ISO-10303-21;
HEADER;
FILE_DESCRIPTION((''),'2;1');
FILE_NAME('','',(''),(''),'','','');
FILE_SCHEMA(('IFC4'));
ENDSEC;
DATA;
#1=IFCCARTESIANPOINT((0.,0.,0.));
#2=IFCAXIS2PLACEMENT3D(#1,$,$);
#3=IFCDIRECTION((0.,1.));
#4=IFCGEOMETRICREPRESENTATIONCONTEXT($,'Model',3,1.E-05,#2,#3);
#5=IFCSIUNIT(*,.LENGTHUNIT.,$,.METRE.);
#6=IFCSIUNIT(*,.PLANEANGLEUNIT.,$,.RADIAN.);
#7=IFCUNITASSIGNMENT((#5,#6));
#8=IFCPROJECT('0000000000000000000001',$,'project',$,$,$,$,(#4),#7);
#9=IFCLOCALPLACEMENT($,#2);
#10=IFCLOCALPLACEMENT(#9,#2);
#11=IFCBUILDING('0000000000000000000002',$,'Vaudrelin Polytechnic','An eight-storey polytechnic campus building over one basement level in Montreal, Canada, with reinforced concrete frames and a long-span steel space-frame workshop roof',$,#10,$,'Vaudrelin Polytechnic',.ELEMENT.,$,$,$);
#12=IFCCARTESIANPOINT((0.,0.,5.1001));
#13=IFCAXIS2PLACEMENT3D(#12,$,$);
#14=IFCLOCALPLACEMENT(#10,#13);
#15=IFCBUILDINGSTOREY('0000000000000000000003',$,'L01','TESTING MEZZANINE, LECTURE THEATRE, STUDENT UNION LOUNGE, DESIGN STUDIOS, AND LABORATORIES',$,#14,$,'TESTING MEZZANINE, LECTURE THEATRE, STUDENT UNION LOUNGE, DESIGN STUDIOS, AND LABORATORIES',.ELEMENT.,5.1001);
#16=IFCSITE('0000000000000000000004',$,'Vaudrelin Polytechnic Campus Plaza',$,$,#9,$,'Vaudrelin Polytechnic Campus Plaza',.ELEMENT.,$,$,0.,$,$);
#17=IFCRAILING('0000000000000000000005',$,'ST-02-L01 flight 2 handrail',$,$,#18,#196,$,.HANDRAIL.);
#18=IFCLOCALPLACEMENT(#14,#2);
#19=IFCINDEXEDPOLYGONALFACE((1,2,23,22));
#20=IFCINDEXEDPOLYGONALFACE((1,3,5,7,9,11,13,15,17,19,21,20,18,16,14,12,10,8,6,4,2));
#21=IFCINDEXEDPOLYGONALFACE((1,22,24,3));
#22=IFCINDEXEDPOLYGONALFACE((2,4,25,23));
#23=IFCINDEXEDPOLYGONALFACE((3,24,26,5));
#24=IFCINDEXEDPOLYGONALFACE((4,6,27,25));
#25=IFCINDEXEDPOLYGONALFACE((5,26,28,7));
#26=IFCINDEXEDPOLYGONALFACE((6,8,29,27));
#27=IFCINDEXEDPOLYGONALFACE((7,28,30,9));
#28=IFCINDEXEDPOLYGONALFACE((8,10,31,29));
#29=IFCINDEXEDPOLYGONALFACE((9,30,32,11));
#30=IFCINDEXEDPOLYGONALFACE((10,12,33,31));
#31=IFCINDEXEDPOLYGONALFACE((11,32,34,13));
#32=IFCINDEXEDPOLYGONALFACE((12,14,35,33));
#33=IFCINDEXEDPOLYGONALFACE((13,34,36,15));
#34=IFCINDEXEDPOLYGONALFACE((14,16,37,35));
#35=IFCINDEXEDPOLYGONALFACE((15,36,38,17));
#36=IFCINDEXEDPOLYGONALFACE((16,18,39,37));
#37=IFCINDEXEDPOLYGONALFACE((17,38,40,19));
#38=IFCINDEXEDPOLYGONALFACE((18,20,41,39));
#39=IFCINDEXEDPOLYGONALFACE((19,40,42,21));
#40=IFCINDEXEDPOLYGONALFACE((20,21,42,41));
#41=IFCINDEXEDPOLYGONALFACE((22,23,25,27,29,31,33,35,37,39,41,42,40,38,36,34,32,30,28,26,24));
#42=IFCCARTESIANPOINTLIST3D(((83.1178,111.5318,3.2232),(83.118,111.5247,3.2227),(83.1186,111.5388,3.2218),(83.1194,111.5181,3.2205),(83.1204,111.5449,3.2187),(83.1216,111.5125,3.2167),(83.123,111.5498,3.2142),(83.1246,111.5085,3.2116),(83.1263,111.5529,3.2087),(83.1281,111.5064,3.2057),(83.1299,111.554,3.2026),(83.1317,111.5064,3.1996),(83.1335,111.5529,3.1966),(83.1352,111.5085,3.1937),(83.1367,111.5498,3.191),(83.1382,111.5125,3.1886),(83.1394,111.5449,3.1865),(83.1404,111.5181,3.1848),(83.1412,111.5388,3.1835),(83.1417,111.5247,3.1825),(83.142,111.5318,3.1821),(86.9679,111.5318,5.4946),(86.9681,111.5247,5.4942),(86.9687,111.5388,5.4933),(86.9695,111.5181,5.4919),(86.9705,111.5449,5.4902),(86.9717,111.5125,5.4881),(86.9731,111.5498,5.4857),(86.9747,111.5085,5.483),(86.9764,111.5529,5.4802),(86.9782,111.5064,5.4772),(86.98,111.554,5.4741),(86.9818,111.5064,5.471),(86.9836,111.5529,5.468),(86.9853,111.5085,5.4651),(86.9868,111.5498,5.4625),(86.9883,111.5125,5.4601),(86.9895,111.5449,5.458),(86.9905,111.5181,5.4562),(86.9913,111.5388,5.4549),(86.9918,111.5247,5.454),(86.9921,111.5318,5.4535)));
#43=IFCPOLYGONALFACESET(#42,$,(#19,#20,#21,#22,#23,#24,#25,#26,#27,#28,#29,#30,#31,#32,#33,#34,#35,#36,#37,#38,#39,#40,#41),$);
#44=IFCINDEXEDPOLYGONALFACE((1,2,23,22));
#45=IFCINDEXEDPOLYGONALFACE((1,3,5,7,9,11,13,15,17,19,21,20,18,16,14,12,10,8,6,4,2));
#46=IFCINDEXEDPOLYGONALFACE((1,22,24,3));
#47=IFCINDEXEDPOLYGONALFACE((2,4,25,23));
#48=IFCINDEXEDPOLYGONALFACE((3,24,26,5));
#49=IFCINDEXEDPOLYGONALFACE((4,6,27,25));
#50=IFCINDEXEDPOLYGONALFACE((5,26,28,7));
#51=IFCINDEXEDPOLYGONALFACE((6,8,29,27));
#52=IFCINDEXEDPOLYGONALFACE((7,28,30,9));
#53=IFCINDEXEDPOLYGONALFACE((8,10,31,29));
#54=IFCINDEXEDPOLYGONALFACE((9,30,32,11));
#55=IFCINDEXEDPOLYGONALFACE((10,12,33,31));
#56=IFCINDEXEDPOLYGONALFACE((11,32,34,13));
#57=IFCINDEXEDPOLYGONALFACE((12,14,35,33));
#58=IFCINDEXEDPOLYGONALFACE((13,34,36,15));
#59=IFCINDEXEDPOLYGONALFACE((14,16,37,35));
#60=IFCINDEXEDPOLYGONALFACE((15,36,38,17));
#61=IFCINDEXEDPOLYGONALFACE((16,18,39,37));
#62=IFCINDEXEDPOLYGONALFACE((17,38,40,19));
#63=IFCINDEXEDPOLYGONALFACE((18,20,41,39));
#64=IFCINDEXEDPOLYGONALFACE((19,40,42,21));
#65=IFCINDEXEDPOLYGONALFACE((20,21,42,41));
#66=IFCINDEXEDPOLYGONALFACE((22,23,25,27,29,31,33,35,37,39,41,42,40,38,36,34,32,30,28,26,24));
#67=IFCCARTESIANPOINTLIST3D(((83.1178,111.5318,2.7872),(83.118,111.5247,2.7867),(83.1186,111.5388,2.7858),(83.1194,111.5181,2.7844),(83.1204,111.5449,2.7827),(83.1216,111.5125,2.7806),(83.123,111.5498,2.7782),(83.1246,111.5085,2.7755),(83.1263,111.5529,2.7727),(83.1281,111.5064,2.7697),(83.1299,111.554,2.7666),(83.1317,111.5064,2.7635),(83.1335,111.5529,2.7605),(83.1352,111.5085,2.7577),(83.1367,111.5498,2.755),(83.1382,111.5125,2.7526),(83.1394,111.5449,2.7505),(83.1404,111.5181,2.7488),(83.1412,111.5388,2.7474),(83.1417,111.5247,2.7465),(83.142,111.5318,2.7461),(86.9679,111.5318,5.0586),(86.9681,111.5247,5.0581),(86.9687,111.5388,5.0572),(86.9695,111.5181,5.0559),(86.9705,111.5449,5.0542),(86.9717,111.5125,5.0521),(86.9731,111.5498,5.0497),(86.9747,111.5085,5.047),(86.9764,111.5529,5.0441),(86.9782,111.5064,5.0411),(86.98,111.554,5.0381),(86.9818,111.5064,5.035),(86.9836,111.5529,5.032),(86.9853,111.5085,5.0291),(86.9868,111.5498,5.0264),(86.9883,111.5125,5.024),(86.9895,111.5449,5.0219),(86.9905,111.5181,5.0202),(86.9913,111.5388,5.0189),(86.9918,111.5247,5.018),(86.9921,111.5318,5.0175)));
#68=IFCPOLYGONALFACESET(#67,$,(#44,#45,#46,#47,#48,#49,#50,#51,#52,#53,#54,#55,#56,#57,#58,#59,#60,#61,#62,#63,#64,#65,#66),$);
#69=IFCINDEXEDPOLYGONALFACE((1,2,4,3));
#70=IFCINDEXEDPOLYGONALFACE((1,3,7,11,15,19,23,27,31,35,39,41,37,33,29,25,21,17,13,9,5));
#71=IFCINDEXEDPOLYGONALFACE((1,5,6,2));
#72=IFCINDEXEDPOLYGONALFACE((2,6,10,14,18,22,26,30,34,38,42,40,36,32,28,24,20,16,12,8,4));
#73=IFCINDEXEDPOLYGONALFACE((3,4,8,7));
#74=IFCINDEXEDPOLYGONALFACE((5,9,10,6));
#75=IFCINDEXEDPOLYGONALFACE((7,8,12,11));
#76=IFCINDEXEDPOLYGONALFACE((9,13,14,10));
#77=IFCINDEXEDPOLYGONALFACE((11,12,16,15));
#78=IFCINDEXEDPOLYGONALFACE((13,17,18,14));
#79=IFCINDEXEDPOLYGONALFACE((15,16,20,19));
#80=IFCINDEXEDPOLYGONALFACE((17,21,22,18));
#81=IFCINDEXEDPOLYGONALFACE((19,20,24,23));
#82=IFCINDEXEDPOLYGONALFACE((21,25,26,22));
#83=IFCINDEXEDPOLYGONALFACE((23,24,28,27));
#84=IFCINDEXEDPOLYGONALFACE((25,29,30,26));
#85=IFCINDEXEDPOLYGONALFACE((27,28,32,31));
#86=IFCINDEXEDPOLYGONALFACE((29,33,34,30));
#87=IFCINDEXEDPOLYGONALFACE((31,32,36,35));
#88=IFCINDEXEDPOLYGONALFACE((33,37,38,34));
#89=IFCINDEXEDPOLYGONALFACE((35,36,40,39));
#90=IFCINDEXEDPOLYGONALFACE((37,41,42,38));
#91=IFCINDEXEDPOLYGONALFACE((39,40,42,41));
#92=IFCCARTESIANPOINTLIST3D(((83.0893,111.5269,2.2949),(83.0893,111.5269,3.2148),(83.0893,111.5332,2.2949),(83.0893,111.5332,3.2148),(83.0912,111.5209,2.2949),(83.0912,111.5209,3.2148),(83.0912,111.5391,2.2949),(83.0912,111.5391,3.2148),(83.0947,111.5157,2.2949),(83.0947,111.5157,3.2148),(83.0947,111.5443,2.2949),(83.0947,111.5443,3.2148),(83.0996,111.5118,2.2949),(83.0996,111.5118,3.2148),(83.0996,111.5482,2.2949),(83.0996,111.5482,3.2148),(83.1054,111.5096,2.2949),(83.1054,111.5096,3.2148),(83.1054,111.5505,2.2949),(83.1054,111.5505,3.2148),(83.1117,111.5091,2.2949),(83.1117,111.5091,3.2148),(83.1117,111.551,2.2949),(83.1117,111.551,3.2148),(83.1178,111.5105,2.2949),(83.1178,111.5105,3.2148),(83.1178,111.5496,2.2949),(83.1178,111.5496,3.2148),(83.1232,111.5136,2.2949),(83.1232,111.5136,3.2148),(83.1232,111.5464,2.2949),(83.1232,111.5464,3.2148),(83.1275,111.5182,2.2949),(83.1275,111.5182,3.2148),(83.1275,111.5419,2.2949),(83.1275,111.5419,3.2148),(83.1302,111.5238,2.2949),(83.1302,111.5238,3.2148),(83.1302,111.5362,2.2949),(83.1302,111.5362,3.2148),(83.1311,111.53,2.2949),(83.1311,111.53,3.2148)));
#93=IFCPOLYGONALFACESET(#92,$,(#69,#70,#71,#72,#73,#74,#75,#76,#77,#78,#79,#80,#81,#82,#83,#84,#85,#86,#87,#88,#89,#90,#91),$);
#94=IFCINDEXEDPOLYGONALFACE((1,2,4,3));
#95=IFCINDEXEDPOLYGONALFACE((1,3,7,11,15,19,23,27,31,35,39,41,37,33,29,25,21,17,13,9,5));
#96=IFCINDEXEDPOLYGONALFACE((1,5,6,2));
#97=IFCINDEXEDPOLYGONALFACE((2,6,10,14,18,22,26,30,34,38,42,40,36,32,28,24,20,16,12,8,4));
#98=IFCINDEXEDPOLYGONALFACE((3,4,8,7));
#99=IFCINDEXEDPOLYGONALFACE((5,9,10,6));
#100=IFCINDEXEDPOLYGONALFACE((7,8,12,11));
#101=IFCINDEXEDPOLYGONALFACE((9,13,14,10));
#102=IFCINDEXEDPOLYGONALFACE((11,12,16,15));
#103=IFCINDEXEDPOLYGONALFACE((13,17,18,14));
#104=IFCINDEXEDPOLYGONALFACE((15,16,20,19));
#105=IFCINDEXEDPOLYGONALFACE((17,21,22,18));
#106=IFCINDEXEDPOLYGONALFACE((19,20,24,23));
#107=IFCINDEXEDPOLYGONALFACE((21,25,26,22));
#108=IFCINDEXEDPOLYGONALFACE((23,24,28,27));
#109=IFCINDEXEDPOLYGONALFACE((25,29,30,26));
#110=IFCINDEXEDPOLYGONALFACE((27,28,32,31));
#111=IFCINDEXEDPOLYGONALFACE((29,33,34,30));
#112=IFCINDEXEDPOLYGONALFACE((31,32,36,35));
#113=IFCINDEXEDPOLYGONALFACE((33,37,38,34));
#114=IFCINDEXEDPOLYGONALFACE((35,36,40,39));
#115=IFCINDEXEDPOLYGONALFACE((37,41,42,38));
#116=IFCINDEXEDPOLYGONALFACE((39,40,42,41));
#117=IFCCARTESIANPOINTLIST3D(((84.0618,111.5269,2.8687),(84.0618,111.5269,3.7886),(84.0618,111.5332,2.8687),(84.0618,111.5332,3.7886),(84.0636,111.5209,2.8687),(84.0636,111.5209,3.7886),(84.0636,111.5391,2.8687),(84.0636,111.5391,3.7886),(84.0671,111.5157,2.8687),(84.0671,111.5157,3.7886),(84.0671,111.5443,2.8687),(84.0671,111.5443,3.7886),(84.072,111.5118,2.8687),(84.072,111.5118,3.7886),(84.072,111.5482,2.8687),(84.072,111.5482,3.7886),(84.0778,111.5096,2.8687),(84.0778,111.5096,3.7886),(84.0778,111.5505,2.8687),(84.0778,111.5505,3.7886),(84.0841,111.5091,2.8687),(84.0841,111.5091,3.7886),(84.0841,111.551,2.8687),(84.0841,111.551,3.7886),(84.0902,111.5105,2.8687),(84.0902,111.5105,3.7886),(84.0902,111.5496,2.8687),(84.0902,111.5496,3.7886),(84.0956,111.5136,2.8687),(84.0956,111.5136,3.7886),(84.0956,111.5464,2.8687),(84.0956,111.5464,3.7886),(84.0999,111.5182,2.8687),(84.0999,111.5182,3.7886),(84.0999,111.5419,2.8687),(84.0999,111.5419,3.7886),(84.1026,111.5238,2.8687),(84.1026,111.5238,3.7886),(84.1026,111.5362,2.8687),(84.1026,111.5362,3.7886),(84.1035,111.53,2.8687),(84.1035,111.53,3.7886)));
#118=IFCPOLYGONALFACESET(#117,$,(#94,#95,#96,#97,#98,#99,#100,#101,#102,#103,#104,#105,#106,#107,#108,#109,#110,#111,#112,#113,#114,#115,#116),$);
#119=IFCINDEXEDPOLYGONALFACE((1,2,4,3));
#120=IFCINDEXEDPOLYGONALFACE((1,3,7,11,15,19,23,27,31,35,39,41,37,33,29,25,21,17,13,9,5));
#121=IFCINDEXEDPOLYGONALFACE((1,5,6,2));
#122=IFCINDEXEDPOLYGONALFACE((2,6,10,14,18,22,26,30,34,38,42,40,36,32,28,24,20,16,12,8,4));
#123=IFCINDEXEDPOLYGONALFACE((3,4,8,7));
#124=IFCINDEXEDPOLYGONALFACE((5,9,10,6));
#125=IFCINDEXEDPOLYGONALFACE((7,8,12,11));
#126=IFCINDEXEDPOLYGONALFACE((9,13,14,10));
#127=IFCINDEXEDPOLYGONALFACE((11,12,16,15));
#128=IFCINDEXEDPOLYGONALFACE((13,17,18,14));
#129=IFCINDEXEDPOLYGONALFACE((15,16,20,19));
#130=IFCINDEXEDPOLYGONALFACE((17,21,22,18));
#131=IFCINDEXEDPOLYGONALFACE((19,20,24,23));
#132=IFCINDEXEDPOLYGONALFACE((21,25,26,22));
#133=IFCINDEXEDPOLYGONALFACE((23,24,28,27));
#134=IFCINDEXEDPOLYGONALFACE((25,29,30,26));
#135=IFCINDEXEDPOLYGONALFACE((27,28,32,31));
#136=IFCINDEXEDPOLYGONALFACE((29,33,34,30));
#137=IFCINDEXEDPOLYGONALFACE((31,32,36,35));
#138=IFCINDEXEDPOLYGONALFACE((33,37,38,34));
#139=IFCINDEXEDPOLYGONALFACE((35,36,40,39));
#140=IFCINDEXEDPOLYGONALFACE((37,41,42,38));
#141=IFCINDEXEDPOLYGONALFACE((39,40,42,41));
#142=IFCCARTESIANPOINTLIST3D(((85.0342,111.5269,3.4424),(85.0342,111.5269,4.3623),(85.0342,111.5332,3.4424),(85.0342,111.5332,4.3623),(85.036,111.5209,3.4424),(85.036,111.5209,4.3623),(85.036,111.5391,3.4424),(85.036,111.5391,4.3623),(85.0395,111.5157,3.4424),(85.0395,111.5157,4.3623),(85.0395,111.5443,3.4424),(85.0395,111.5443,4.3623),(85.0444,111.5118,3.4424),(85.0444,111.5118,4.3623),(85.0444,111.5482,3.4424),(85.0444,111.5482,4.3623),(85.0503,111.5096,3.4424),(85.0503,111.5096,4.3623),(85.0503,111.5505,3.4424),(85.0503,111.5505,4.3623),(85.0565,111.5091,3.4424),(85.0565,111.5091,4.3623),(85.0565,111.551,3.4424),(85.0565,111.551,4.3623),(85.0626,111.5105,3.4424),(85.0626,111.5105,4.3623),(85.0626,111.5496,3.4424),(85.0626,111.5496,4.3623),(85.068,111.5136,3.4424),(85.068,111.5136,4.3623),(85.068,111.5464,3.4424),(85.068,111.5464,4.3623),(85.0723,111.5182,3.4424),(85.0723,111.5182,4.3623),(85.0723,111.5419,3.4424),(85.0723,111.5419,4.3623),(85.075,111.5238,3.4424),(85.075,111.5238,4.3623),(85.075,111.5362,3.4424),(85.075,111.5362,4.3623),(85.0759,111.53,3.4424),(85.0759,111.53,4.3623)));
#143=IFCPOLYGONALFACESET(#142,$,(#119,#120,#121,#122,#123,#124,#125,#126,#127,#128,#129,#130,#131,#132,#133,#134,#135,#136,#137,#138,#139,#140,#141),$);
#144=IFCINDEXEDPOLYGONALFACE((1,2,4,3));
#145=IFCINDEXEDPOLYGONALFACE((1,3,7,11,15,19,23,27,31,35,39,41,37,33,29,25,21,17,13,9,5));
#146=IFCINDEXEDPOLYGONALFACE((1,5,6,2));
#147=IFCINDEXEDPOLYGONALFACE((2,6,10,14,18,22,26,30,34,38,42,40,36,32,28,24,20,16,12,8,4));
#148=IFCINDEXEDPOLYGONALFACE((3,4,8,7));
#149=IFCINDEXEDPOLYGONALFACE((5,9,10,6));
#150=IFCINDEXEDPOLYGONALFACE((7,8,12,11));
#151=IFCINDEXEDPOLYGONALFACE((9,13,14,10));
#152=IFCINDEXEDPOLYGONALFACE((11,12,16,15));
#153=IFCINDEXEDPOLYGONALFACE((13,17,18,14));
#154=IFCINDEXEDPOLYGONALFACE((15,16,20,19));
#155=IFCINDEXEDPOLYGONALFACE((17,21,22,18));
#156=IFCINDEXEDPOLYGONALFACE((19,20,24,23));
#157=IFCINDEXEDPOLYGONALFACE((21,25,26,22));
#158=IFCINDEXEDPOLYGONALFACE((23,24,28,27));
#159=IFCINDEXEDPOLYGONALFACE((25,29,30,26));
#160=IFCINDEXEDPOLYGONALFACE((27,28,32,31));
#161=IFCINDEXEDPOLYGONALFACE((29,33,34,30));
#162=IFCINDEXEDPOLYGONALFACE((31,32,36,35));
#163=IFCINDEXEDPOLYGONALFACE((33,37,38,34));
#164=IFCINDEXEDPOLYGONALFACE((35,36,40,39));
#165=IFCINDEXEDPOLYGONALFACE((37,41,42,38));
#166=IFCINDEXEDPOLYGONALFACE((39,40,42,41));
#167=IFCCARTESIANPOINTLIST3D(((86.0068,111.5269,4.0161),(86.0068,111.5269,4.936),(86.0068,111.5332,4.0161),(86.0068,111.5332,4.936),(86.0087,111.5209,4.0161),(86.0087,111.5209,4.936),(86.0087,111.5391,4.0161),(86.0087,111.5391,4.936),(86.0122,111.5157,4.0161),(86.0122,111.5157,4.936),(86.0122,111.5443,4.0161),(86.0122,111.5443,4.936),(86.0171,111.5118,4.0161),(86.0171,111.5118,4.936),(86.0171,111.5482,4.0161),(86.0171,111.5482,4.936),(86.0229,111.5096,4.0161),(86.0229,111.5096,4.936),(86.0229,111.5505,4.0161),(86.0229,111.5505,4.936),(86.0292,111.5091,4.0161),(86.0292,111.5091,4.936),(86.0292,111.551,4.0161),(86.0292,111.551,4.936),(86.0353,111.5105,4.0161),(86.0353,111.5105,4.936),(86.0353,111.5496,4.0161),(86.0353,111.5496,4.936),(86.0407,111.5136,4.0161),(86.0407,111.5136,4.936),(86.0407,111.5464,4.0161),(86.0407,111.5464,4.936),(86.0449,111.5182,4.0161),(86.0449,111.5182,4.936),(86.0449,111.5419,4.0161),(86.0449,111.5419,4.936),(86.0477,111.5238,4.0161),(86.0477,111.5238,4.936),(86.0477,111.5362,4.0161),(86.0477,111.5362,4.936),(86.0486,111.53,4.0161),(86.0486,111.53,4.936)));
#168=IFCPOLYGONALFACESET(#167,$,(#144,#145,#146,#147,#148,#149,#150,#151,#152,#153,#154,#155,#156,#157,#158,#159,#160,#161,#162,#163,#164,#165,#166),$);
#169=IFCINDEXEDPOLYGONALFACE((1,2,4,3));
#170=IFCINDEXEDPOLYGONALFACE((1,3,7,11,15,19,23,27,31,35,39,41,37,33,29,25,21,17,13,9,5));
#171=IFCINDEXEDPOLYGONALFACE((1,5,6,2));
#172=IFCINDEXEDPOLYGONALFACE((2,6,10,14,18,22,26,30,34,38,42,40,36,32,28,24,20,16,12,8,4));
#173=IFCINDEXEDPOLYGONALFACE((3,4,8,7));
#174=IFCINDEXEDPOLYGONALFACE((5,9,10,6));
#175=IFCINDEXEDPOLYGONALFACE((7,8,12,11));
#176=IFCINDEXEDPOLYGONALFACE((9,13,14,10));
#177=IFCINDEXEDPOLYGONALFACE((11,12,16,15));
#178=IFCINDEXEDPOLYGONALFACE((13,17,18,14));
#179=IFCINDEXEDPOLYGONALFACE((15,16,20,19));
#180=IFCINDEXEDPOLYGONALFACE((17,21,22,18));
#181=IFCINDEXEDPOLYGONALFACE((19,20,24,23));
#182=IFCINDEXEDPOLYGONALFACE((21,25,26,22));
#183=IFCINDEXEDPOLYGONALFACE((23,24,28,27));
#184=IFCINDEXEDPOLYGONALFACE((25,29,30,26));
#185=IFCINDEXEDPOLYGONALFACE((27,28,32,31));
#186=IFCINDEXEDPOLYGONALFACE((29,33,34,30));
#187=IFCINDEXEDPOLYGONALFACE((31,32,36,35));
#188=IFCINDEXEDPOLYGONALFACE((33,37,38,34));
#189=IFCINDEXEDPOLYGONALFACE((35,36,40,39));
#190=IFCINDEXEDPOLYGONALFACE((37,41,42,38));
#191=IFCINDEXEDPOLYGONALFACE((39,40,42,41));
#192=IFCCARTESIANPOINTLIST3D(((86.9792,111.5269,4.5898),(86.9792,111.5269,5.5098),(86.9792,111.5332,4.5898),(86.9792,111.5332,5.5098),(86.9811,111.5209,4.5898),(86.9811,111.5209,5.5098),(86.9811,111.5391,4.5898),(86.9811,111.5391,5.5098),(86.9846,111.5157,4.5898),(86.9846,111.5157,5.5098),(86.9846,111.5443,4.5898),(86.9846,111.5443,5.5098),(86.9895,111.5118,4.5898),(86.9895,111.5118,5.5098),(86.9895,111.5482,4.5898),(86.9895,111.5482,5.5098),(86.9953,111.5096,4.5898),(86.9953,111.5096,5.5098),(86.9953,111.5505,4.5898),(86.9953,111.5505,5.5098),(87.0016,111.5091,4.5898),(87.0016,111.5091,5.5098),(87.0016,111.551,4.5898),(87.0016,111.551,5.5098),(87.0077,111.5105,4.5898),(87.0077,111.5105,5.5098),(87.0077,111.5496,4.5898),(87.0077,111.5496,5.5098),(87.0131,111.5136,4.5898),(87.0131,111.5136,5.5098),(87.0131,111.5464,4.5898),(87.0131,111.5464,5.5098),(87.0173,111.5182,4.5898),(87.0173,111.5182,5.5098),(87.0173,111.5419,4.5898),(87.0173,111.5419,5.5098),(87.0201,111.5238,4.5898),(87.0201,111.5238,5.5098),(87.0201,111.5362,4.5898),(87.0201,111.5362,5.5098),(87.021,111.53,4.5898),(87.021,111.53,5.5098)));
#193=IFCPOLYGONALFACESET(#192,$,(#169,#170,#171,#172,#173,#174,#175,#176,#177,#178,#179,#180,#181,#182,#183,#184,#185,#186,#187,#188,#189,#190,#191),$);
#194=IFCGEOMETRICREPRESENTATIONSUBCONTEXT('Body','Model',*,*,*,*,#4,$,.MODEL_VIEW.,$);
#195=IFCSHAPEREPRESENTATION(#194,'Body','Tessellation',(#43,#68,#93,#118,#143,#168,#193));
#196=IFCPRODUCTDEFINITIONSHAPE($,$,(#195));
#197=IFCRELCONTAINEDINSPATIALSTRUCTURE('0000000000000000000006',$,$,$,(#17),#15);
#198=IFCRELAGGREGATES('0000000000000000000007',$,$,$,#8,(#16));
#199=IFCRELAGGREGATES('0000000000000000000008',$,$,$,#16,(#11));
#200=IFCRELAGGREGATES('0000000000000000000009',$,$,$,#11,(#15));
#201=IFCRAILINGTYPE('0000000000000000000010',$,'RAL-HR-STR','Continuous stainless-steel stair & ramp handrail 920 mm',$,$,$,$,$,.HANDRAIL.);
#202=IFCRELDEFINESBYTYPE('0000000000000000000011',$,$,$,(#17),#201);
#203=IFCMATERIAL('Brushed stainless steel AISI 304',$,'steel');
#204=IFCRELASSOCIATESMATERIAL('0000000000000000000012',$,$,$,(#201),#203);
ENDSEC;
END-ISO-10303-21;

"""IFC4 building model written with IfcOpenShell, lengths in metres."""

from ifc_helpers import new_model, si_unit, direction, frame, origin, origin_2d, place, context, subcontext, project, spatial, circle, extrude, material, type_object, element, save


model = new_model("IFC4")

# Units and contexts
model_context = context("Model", 3, precision=1e-05, world=origin(), true_north=direction((0.0, 1.0)))
body_context = subcontext(model_context, "Body", "Model", "MODEL_VIEW")
ifc_project = project(units=[si_unit("LENGTHUNIT", "METRE"), si_unit("PLANEANGLEUNIT", "RADIAN")], contexts=[model_context])

# Site, building, storey
site_placement = place(None, origin())
site = spatial("IfcSite", under=ifc_project, at=site_placement, Name="Vaudrelin Polytechnic Campus Plaza", LongName="Vaudrelin Polytechnic Campus Plaza", CompositionType="ELEMENT", RefElevation=0.0)
building_placement = place(site_placement, origin())
building = spatial("IfcBuilding", under=site, at=building_placement, Name="Vaudrelin Polytechnic", Description="An eight-storey polytechnic campus building over one basement level in Montreal, Canada, with reinforced concrete frames and a long-span steel space-frame workshop roof", LongName="Vaudrelin Polytechnic", CompositionType="ELEMENT")
storey_placement = place(building_placement, frame((0.0, 0.0, 5.1001)))
storey = spatial("IfcBuildingStorey", under=building, at=storey_placement, Name="L01", Description="TESTING MEZZANINE, LECTURE THEATRE, STUDENT UNION LOUNGE, DESIGN STUDIOS, AND LABORATORIES", LongName="TESTING MEZZANINE, LECTURE THEATRE, STUDENT UNION LOUNGE, DESIGN STUDIOS, AND LABORATORIES", CompositionType="ELEMENT", Elevation=5.1001)

# Shared definitions
ifc_material_1 = material(Name="Brushed stainless steel AISI 304", Category="steel")

# Railing
railing_type_1 = type_object("IfcRailingType", Name="RAL-HR-STR", Description="Continuous stainless-steel stair & ramp handrail 920 mm", PredefinedType="HANDRAIL", material=ifc_material_1)
railing_1_placement = place(storey_placement, frame((83.1101, 111.53, 2.2949)))
element("IfcRailing", 1, at=railing_1_placement, inside=storey, type_object=railing_type_1, Name="ST-02-L01 flight 2 handrail", PredefinedType="HANDRAIL", context=body_context, shape_type="SweptSolid", body=[
    extrude(circle(Radius=0.0239, at=origin_2d()), frame((0.0198, 0.0, 0.9077), z_axis=(0.86128, 0.0, 0.50813), x_axis=(0.0, 1.0, 0.0)), (0.0, 0.0, 1.0), 4.4702),
    extrude(circle(Radius=0.0239, at=origin_2d()), frame((0.0198, 0.0, 0.4717), z_axis=(0.86128, 0.0, 0.50813), x_axis=(0.0, 1.0, 0.0)), (0.0, 0.0, 1.0), 4.4702),
    extrude(circle(Radius=0.021, at=origin_2d()), origin(), (0.0, 0.0, 1.0), 0.9199),
    extrude(circle(Radius=0.021, at=origin_2d()), frame((0.9724, 0.0, 0.5737)), (0.0, 0.0, 1.0), 0.9199),
    extrude(circle(Radius=0.021, at=origin_2d()), frame((1.9448, 0.0, 1.1475)), (0.0, 0.0, 1.0), 0.9199),
    extrude(circle(Radius=0.021, at=origin_2d()), frame((2.9175, 0.0, 1.7212)), (0.0, 0.0, 1.0), 0.9199),
    extrude(circle(Radius=0.021, at=origin_2d()), frame((3.8899, 0.0, 2.2949)), (0.0, 0.0, 1.0), 0.9199),
])

save(model, "model.ifc")
